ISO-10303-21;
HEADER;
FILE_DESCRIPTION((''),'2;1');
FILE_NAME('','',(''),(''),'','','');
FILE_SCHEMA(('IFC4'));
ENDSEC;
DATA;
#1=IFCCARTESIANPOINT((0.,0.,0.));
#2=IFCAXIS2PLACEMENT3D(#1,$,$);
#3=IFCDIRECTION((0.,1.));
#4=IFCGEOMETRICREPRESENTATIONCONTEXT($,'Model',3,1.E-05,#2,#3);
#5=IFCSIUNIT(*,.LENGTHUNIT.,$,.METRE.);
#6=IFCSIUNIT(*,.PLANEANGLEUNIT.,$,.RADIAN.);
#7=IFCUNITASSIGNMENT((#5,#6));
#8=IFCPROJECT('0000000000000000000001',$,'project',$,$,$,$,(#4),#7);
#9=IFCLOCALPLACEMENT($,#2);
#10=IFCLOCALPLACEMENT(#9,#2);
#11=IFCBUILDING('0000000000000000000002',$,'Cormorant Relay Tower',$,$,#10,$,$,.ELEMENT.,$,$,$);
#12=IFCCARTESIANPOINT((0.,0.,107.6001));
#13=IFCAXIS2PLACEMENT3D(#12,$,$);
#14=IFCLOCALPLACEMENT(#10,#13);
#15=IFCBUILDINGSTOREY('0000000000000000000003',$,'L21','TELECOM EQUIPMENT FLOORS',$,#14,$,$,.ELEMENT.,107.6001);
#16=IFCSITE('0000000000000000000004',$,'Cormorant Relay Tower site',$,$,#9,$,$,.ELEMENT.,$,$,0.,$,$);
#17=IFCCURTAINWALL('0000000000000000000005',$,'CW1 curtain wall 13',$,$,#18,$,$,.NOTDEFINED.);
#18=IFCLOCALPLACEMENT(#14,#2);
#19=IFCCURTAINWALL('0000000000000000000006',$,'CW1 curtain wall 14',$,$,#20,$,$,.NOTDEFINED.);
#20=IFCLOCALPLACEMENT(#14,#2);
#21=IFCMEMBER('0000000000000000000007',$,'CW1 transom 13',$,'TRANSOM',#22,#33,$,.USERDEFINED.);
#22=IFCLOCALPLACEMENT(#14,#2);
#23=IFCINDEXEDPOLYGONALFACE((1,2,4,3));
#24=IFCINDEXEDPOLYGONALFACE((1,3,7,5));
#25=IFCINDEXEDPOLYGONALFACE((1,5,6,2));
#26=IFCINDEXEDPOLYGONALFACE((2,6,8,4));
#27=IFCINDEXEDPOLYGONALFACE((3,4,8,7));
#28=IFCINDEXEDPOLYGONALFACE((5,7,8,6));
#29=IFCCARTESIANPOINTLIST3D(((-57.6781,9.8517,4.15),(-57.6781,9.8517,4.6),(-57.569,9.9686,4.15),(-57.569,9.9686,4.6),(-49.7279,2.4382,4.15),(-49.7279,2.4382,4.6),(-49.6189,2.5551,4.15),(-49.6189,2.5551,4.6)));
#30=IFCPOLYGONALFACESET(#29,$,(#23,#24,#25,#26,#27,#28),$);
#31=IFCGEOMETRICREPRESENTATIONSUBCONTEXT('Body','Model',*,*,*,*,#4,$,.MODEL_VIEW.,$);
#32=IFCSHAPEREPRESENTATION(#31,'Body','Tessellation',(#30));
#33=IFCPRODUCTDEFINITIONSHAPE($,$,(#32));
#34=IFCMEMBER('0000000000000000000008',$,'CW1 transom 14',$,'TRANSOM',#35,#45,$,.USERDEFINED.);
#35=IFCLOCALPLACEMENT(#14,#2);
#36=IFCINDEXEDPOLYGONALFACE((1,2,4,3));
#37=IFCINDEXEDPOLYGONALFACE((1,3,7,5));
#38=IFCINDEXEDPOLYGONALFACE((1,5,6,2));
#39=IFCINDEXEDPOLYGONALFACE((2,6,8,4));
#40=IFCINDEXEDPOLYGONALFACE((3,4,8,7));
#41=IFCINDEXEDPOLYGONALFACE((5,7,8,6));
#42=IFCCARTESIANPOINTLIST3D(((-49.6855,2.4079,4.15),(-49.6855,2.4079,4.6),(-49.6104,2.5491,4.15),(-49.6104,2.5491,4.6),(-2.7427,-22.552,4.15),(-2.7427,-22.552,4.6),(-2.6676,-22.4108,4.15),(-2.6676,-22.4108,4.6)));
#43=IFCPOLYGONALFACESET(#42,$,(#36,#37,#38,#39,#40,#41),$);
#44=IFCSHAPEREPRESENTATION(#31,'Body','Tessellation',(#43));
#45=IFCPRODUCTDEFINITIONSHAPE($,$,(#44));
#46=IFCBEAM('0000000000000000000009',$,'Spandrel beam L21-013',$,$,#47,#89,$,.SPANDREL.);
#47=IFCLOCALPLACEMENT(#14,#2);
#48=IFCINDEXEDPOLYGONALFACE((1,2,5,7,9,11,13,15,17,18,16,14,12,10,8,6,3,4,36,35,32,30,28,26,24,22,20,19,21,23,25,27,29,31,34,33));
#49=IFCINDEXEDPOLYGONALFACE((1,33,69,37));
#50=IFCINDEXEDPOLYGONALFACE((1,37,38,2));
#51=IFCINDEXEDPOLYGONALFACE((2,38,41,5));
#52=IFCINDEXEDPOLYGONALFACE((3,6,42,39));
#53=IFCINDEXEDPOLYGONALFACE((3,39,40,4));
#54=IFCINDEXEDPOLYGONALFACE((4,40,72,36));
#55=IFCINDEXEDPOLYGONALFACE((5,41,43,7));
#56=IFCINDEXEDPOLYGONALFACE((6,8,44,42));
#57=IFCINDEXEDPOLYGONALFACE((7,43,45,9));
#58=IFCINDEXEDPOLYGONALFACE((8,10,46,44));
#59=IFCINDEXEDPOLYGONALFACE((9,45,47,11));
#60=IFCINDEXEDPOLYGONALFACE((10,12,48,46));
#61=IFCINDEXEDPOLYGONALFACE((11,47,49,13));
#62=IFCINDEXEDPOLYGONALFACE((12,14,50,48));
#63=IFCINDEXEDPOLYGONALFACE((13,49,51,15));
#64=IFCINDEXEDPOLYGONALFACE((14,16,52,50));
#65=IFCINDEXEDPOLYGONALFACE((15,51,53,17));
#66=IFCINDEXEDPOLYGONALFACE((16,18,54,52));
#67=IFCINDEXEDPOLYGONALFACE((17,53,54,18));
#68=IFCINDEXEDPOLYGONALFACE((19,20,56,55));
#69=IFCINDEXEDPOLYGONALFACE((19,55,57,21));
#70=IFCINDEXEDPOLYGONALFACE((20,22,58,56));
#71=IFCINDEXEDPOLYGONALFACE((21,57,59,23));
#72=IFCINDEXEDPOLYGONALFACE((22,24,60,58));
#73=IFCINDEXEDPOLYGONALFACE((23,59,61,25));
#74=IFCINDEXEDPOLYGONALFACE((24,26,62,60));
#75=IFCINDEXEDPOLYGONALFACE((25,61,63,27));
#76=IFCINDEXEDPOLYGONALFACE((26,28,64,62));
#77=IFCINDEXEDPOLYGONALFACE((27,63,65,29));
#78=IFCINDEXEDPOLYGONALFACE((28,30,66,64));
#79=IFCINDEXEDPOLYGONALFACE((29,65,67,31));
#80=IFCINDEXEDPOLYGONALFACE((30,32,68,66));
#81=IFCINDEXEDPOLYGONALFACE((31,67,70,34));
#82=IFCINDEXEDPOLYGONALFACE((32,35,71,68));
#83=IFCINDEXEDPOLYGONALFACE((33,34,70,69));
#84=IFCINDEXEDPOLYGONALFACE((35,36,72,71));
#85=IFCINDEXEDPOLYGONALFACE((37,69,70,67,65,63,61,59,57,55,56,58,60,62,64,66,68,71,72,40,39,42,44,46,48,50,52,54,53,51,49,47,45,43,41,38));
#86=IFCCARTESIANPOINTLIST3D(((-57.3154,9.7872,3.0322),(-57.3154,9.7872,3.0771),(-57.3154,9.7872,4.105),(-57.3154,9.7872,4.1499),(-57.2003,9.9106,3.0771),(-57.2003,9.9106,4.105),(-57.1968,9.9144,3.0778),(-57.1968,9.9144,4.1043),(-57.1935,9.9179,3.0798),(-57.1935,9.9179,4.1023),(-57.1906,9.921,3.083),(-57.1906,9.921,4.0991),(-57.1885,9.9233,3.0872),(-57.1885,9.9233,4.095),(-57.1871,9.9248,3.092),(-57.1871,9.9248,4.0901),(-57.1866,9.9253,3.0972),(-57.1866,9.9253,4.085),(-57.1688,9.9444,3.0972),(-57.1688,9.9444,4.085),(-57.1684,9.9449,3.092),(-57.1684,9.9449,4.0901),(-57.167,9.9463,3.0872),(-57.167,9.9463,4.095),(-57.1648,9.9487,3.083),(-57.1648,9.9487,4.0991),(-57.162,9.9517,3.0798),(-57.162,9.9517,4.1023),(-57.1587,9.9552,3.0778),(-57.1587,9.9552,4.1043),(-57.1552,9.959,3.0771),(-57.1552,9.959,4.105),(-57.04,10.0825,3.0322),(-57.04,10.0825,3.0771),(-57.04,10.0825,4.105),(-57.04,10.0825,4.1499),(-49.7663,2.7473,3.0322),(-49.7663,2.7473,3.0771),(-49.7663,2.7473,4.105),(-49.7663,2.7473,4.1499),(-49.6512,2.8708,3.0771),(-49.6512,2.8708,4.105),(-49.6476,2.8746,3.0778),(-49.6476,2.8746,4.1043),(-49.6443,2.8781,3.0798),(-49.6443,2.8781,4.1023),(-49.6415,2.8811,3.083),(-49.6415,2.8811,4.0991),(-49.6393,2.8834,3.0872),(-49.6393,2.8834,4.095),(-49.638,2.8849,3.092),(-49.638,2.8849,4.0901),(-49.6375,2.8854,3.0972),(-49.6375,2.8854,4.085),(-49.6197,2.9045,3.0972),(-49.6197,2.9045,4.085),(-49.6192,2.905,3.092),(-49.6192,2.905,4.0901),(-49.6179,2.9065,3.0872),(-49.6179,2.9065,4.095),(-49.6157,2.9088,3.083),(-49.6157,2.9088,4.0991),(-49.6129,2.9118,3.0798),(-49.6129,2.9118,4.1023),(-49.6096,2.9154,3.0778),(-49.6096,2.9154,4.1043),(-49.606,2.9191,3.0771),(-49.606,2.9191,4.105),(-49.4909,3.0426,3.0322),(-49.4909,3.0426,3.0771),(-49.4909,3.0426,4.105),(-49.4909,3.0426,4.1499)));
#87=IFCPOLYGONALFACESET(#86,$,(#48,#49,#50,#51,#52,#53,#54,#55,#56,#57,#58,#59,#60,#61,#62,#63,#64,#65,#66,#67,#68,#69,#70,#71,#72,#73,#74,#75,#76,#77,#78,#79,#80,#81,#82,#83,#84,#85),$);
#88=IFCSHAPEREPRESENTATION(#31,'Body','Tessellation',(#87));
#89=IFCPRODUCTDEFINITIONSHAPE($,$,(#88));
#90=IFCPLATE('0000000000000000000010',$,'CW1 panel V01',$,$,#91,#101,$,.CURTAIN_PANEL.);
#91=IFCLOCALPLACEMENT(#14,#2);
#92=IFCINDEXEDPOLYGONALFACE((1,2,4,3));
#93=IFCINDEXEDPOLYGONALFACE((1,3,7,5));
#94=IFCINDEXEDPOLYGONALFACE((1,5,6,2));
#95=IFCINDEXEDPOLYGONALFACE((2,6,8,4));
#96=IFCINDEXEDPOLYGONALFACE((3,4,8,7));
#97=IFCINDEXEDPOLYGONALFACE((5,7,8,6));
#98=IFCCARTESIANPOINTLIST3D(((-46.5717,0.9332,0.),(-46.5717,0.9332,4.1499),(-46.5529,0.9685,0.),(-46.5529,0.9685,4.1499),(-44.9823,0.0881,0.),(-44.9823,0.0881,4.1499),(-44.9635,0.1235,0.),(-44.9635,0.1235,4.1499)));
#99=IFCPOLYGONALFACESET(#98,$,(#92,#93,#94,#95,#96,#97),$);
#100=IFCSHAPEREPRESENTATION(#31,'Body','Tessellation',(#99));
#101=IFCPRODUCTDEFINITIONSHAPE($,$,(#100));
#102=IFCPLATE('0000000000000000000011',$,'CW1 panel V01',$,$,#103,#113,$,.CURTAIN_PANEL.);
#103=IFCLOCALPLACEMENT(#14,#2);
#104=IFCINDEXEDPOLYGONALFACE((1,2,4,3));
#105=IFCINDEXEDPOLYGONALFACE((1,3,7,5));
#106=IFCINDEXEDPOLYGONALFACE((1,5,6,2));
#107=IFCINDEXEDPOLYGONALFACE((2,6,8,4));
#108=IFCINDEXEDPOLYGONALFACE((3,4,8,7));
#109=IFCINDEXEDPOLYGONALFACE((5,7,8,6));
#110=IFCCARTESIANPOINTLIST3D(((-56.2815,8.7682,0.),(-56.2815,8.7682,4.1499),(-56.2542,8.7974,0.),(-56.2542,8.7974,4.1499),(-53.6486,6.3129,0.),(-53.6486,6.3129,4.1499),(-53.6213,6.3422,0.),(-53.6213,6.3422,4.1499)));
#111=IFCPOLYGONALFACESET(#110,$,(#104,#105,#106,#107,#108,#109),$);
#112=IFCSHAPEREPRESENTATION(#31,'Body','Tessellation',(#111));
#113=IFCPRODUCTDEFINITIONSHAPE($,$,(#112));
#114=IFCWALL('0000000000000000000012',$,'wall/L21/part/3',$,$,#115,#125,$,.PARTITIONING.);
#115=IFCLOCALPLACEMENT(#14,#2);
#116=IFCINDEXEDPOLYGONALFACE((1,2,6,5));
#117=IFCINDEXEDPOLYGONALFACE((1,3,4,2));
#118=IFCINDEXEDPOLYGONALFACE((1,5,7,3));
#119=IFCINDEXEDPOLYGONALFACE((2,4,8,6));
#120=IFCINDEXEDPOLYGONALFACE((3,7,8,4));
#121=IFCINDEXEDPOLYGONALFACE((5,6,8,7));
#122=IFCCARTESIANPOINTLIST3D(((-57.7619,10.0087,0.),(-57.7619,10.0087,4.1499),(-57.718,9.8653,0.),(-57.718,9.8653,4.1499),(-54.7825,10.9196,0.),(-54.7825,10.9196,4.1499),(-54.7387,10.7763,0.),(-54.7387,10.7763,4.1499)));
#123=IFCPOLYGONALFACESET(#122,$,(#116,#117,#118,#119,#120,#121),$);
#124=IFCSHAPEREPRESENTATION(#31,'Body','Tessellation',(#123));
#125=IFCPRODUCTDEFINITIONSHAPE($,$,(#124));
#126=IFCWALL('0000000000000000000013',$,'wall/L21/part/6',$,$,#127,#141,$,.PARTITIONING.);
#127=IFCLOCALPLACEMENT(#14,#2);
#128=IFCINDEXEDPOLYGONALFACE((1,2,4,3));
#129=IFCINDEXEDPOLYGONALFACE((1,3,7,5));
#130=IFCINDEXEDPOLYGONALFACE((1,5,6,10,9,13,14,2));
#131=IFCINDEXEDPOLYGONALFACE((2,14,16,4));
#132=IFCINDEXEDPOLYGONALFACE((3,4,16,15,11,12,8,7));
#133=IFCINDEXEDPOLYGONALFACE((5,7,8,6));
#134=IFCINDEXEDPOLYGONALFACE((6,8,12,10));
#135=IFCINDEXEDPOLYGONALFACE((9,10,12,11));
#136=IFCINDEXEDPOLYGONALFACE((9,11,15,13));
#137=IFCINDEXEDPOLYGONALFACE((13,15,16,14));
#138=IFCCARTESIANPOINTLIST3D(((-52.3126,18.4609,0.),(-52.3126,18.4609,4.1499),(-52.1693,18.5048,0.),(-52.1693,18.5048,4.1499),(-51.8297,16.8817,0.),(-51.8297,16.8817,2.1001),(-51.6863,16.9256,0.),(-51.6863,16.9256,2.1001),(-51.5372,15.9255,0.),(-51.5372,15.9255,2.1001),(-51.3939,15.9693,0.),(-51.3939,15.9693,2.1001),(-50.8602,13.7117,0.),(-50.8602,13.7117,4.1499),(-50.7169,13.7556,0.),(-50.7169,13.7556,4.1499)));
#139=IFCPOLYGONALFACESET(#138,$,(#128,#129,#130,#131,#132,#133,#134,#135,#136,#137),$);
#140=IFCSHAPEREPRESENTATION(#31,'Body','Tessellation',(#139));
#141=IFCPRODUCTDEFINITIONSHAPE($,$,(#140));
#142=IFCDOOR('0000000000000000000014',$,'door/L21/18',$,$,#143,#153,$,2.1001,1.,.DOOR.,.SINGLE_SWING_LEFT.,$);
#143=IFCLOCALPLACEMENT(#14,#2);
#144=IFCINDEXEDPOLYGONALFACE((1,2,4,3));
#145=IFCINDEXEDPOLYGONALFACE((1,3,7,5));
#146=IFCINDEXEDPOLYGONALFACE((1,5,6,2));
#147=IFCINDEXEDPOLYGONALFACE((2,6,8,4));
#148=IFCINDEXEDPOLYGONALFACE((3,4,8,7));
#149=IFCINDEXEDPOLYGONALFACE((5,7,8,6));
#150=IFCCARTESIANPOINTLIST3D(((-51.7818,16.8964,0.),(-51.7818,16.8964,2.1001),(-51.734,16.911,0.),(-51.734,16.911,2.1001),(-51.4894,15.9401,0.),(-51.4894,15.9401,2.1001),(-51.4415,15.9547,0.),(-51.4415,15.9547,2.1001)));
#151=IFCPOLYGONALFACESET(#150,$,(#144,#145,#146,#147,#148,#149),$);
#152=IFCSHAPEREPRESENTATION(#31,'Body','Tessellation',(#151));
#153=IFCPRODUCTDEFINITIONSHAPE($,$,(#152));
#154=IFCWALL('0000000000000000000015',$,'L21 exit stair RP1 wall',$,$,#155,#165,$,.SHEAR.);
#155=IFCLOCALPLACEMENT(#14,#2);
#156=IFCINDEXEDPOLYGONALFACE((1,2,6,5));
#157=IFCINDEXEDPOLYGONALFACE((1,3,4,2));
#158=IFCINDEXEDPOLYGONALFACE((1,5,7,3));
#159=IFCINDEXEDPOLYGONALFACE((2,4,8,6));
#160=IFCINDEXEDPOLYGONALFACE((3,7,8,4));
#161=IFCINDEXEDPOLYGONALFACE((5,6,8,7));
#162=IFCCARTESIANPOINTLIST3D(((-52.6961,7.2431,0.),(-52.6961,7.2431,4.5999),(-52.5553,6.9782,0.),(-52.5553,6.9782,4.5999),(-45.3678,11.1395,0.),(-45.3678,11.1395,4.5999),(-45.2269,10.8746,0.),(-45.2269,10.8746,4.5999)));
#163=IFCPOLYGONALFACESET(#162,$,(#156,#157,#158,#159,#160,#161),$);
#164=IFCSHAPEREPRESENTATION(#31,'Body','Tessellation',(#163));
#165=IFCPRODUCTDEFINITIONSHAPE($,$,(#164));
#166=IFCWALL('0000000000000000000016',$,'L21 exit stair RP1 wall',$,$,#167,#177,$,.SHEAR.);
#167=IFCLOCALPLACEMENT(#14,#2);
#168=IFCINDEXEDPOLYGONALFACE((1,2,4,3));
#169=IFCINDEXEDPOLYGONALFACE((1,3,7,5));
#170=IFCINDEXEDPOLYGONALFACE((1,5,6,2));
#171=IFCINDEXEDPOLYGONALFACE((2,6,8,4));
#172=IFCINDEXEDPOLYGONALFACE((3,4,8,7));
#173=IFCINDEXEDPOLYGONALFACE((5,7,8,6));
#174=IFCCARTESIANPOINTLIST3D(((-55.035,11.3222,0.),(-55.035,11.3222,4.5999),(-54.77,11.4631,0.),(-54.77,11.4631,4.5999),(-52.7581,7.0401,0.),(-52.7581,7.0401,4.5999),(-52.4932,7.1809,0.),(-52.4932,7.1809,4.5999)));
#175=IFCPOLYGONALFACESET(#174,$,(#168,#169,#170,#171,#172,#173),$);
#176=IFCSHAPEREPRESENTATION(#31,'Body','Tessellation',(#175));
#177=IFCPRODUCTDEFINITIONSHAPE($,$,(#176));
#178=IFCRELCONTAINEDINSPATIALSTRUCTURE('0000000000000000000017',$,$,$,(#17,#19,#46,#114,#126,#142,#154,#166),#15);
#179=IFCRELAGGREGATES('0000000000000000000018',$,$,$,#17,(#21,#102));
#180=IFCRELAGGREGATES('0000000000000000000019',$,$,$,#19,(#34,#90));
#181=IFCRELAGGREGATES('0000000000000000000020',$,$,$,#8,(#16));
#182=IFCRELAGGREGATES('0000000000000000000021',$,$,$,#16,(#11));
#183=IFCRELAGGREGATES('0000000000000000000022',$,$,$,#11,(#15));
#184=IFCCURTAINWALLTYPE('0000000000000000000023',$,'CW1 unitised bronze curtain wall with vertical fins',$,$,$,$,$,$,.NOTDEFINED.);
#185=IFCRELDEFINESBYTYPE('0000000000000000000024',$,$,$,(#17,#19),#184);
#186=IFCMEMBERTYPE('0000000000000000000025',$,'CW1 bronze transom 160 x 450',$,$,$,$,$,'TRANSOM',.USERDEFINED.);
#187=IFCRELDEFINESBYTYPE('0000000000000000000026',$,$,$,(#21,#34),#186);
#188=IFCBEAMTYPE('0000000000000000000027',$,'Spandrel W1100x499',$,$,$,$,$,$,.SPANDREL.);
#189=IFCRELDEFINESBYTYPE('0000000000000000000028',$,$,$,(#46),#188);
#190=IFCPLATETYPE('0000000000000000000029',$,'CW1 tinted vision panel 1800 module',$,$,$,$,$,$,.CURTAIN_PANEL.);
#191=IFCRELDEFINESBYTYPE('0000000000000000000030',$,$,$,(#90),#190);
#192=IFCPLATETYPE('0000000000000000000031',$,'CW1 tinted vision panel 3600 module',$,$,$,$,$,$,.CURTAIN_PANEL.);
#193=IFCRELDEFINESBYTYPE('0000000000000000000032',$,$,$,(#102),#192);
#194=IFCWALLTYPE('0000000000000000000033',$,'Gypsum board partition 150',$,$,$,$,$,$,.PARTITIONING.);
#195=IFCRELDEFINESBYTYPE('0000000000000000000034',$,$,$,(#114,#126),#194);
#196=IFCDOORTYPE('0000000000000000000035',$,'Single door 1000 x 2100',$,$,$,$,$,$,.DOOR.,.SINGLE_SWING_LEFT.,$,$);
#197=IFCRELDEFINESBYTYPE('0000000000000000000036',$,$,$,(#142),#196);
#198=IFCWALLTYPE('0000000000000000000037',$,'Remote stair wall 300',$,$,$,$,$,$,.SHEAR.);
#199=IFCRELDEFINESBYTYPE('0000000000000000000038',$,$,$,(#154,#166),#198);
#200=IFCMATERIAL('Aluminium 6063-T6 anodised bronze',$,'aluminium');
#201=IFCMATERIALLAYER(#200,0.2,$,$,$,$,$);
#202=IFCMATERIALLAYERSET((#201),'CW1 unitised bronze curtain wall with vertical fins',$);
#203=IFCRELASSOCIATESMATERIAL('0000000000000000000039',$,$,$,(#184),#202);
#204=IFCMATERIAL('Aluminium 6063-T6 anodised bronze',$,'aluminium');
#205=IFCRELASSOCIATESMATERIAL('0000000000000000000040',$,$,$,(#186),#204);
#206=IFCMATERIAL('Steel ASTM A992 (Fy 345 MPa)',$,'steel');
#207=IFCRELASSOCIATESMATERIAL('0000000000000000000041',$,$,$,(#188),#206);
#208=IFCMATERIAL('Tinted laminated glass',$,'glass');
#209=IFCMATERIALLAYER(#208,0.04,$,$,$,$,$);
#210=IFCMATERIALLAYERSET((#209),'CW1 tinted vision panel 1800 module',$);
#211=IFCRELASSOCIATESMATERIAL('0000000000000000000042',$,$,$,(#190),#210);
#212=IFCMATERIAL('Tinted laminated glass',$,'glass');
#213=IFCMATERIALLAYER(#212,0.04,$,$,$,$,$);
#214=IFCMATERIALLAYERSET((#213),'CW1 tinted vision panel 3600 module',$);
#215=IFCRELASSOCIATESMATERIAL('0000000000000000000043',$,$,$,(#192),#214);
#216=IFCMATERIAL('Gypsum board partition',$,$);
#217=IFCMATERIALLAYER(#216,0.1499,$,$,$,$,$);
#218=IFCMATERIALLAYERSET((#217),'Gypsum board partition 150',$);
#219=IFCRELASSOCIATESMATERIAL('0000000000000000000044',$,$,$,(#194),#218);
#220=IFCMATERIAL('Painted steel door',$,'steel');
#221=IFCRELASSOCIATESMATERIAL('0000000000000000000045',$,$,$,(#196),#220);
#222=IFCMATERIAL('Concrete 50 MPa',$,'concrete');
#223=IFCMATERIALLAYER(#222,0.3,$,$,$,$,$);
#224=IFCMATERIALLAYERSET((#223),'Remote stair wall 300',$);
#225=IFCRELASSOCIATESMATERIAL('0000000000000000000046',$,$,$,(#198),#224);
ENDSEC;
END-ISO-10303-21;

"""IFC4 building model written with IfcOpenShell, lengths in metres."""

from ifc_helpers import new_model, si_unit, direction, frame, frame_2d, origin, origin_2d, place, context, subcontext, project, spatial, rectangle, i_section, extrude, material, layer, layer_set, material_profile, profile_set, type_object, element, fill, aggregate, save


model = new_model("IFC4")

# Units and contexts
model_context = context("Model", 3, precision=1e-05, world=origin(), true_north=direction((0.0, 1.0)))
body_context = subcontext(model_context, "Body", "Model", "MODEL_VIEW")
ifc_project = project(units=[si_unit("LENGTHUNIT", "METRE"), si_unit("PLANEANGLEUNIT", "RADIAN")], contexts=[model_context])

# Site, building, storey
site_placement = place(None, origin())
site = spatial("IfcSite", under=ifc_project, at=site_placement, Name="Cormorant Relay Tower site", CompositionType="ELEMENT", RefElevation=0.0)
building_placement = place(site_placement, origin())
building = spatial("IfcBuilding", under=site, at=building_placement, Name="Cormorant Relay Tower", CompositionType="ELEMENT")
storey_placement = place(building_placement, frame((0.0, 0.0, 107.6001)))
storey = spatial("IfcBuildingStorey", under=building, at=storey_placement, Name="L21", Description="TELECOM EQUIPMENT FLOORS", CompositionType="ELEMENT", Elevation=107.6001)

# Curtain wall
ifc_material_1 = material(Name="Aluminium 6063-T6 anodised bronze", Category="aluminium")
ifc_layer_1 = layer(ifc_material_1, 0.2)
ifc_layer_set_1 = layer_set([ifc_layer_1], Name="CW1 unitised bronze curtain wall with vertical fins")
curtain_wall_type = type_object("IfcCurtainWallType", Name="CW1 unitised bronze curtain wall with vertical fins", PredefinedType="NOTDEFINED", material=ifc_layer_set_1)
curtain_wall_1_placement = place(storey_placement, origin())
curtain_wall_1 = element("IfcCurtainWall", 1, at=curtain_wall_1_placement, inside=storey, type_object=curtain_wall_type, Name="CW1 curtain wall 13", PredefinedType="NOTDEFINED")

# Curtain wall
curtain_wall_2_placement = place(storey_placement, origin())
curtain_wall_2 = element("IfcCurtainWall", 2, at=curtain_wall_2_placement, inside=storey, type_object=curtain_wall_type, Name="CW1 curtain wall 14", PredefinedType="NOTDEFINED")

# Members
ifc_material_2 = material(Name="Aluminium 6063-T6 anodised bronze", Category="aluminium")
ifc_material_profile_1 = material_profile(ifc_material_2, rectangle(XDim=0.1599, YDim=0.45, at=origin_2d()), Name="AL 160x450")
ifc_profile_set_1 = profile_set([ifc_material_profile_1], Name="Aluminium 6063-T6 anodised bronze")
member_type_1 = type_object("IfcMemberType", Name="CW1 bronze transom 160 x 450", ElementType="TRANSOM", PredefinedType="USERDEFINED", material=ifc_profile_set_1)
member_1_placement = place(storey_placement, frame((-57.6235, 9.9102, 4.375), z_axis=(0.731358, -0.681993, 0.0), x_axis=(0.681993, 0.731358, 0.0)))
member_1 = element("IfcMember", 3, at=member_1_placement, type_object=member_type_1, Name="CW1 transom 13", ObjectType="TRANSOM", PredefinedType="USERDEFINED", context=body_context, shape_type="SweptSolid", body=[
    extrude(rectangle(XDim=0.1599, YDim=0.45, at=origin_2d()), origin(), (0.0, 0.0, 1.0), 10.8704),
])
member_2_placement = place(storey_placement, frame((-49.6479, 2.4785, 4.375), z_axis=(0.882948, -0.469471, 0.0), x_axis=(0.469471, 0.882948, 0.0)))
member_2 = element("IfcMember", 4, at=member_2_placement, type_object=member_type_1, Name="CW1 transom 14", ObjectType="TRANSOM", PredefinedType="USERDEFINED", context=body_context, shape_type="SweptSolid", body=[
    extrude(rectangle(XDim=0.1599, YDim=0.45, at=origin_2d()), origin(), (0.0, 0.0, 1.0), 53.166),
])

# Beam
ifc_material_3 = material(Name="Steel ASTM A992 (Fy 345 MPa)", Category="steel")
ifc_material_profile_2 = material_profile(ifc_material_3, i_section(OverallWidth=0.4038, OverallDepth=1.1177, WebThickness=0.0261, FlangeThickness=0.0449, FilletRadius=0.02, at=origin_2d()), Name="W1100x499")
ifc_profile_set_2 = profile_set([ifc_material_profile_2], Name="Steel ASTM A992 (Fy 345 MPa)")
beam_type = type_object("IfcBeamType", Name="Spandrel W1100x499", PredefinedType="SPANDREL", material=ifc_profile_set_2)
beam_placement = place(storey_placement, frame((-57.1777, 9.9348, 3.5911), z_axis=(0.731345, -0.682007, 0.0), x_axis=(0.682007, 0.731345, 0.0)))
element("IfcBeam", 5, at=beam_placement, inside=storey, type_object=beam_type, Name="Spandrel beam L21-013", PredefinedType="SPANDREL", context=body_context, shape_type="SweptSolid", body=[
    extrude(i_section(OverallWidth=0.4038, OverallDepth=1.1177, WebThickness=0.0261, FlangeThickness=0.0449, FilletRadius=0.02, at=origin_2d()), origin(), (0.0, 0.0, 1.0), 10.3223),
])

# Plates
ifc_material_4 = material(Name="Tinted laminated glass", Category="glass")
ifc_layer_2 = layer(ifc_material_4, 0.04)
ifc_layer_set_2 = layer_set([ifc_layer_2], Name="CW1 tinted vision panel 1800 module")
plate_type_1 = type_object("IfcPlateType", Name="CW1 tinted vision panel 1800 module", PredefinedType="CURTAIN_PANEL", material=ifc_layer_set_2)
plate_1_placement = place(storey_placement, frame((-45.7676, 0.5283, 0.0), z_axis=(0.0, 0.0, 1.0), x_axis=(0.882948, -0.469472, 0.0)))
plate_1 = element("IfcPlate", 6, at=plate_1_placement, type_object=plate_type_1, Name="CW1 panel V01", PredefinedType="CURTAIN_PANEL", context=body_context, shape_type="SweptSolid", body=[
    extrude(rectangle(XDim=1.8, YDim=0.04, at=origin_2d()), origin(), (0.0, 0.0, 1.0), 4.1499),
])
ifc_material_5 = material(Name="Tinted laminated glass", Category="glass")
ifc_layer_3 = layer(ifc_material_5, 0.04)
ifc_layer_set_3 = layer_set([ifc_layer_3], Name="CW1 tinted vision panel 3600 module")
plate_type_2 = type_object("IfcPlateType", Name="CW1 tinted vision panel 3600 module", PredefinedType="CURTAIN_PANEL", material=ifc_layer_set_3)
plate_2_placement = place(storey_placement, frame((-54.9514, 7.5552, 0.0), z_axis=(0.0, 0.0, 1.0), x_axis=(0.731354, -0.681998, 0.0)))
plate_2 = element("IfcPlate", 7, at=plate_2_placement, type_object=plate_type_2, Name="CW1 panel V01", PredefinedType="CURTAIN_PANEL", context=body_context, shape_type="SweptSolid", body=[
    extrude(rectangle(XDim=3.6001, YDim=0.04, at=origin_2d()), origin(), (0.0, 0.0, 1.0), 4.1499),
])

# Wall
ifc_material_6 = material(Name="Gypsum board partition")
ifc_layer_4 = layer(ifc_material_6, 0.1499)
ifc_layer_set_4 = layer_set([ifc_layer_4], Name="Gypsum board partition 150")
wall_type_1 = type_object("IfcWallType", Name="Gypsum board partition 150", PredefinedType="PARTITIONING", material=ifc_layer_set_4)
wall_1_placement = place(storey_placement, frame((-54.7607, 10.8479, 0.0), z_axis=(0.0, 0.0, 1.0), x_axis=(-0.956301, -0.292384, 0.0)))
element("IfcWall", 8, at=wall_1_placement, inside=storey, type_object=wall_type_1, Name="wall/L21/part/3", PredefinedType="PARTITIONING", context=body_context, shape_type="SweptSolid", body=[
    extrude(rectangle(XDim=3.1155, YDim=0.1499, at=frame_2d((1.5576, 0.0))), origin(), (0.0, 0.0, 1.0), 4.1499),
])

# Wall, opening, door
wall_2_placement = place(storey_placement, frame((-50.7886, 13.7336, 0.0), z_axis=(0.0, 0.0, 1.0), x_axis=(-0.292445, 0.956282, 0.0)))
wall_2 = element("IfcWall", 9, at=wall_2_placement, inside=storey, type_object=wall_type_1, Name="wall/L21/part/6", PredefinedType="PARTITIONING", context=body_context, shape_type="SweptSolid", body=[
    extrude(rectangle(XDim=4.9663, YDim=0.1499, at=frame_2d((2.4832, 0.0))), origin(), (0.0, 0.0, 1.0), 4.1499),
])
opening_1_placement = place(wall_2_placement, frame((2.3149, 0.0, 0.0)))
opening_1 = element("IfcOpeningElement", 10, at=opening_1_placement, cuts=wall_2, PredefinedType="OPENING", context=body_context, shape_type="SweptSolid", body=[
    extrude(rectangle(XDim=1.0, YDim=2.1001, at=frame_2d((0.5, 1.05))), frame((0.0, 0.085, 0.0), z_axis=(0.0, -1.0, 0.0), x_axis=(1.0, 0.0, 0.0)), (0.0, 0.0, 1.0), 0.1699),
])
ifc_material_7 = material(Name="Painted steel door", Category="steel")
door_type_1 = type_object("IfcDoorType", Name="Single door 1000 x 2100", OperationType="SINGLE_SWING_LEFT", PredefinedType="DOOR", material=ifc_material_7)
door_1_placement = place(opening_1_placement, origin())
door_1 = element("IfcDoor", 11, at=door_1_placement, inside=storey, type_object=door_type_1, Name="door/L21/18", OperationType="SINGLE_SWING_LEFT", OverallHeight=2.1001, OverallWidth=1.0, PredefinedType="DOOR", context=body_context, shape_type="SweptSolid", body=[
    extrude(rectangle(XDim=1.0, YDim=2.1001, at=frame_2d((0.5, 1.05))), frame((0.0, 0.0249, 0.0), z_axis=(0.0, -1.0, 0.0), x_axis=(1.0, 0.0, 0.0)), (0.0, 0.0, 1.0), 0.05),
])
fill(opening_1, door_1)

# Walls
ifc_material_8 = material(Name="Concrete 50 MPa", Category="concrete")
ifc_layer_5 = layer(ifc_material_8, 0.3)
ifc_layer_set_5 = layer_set([ifc_layer_5], Name="Remote stair wall 300")
wall_type_2 = type_object("IfcWallType", Name="Remote stair wall 300", PredefinedType="SHEAR", material=ifc_layer_set_5)
wall_3_placement = place(storey_placement, frame((-45.2974, 11.0071, 0.0), z_axis=(0.0, 0.0, 1.0), x_axis=(-0.882952, -0.469464, 0.0)))
element("IfcWall", 12, at=wall_3_placement, inside=storey, type_object=wall_type_2, Name="L21 exit stair RP1 wall", PredefinedType="SHEAR", context=body_context, shape_type="SweptSolid", body=[
    extrude(rectangle(XDim=8.2998, YDim=0.3, at=frame_2d((4.1499, 0.0))), origin(), (0.0, 0.0, 1.0), 4.5999),
])
wall_4_placement = place(storey_placement, frame((-52.6257, 7.1106, 0.0), z_axis=(0.0, 0.0, 1.0), x_axis=(-0.469464, 0.882951, 0.0)))
element("IfcWall", 13, at=wall_4_placement, inside=storey, type_object=wall_type_2, Name="L21 exit stair RP1 wall", PredefinedType="SHEAR", context=body_context, shape_type="SweptSolid", body=[
    extrude(rectangle(XDim=4.8499, YDim=0.3, at=frame_2d((2.4248, 0.0))), origin(), (0.0, 0.0, 1.0), 4.5999),
])

aggregate(curtain_wall_1, [member_1, plate_2])
aggregate(curtain_wall_2, [member_2, plate_1])

save(model, "model.ifc")
